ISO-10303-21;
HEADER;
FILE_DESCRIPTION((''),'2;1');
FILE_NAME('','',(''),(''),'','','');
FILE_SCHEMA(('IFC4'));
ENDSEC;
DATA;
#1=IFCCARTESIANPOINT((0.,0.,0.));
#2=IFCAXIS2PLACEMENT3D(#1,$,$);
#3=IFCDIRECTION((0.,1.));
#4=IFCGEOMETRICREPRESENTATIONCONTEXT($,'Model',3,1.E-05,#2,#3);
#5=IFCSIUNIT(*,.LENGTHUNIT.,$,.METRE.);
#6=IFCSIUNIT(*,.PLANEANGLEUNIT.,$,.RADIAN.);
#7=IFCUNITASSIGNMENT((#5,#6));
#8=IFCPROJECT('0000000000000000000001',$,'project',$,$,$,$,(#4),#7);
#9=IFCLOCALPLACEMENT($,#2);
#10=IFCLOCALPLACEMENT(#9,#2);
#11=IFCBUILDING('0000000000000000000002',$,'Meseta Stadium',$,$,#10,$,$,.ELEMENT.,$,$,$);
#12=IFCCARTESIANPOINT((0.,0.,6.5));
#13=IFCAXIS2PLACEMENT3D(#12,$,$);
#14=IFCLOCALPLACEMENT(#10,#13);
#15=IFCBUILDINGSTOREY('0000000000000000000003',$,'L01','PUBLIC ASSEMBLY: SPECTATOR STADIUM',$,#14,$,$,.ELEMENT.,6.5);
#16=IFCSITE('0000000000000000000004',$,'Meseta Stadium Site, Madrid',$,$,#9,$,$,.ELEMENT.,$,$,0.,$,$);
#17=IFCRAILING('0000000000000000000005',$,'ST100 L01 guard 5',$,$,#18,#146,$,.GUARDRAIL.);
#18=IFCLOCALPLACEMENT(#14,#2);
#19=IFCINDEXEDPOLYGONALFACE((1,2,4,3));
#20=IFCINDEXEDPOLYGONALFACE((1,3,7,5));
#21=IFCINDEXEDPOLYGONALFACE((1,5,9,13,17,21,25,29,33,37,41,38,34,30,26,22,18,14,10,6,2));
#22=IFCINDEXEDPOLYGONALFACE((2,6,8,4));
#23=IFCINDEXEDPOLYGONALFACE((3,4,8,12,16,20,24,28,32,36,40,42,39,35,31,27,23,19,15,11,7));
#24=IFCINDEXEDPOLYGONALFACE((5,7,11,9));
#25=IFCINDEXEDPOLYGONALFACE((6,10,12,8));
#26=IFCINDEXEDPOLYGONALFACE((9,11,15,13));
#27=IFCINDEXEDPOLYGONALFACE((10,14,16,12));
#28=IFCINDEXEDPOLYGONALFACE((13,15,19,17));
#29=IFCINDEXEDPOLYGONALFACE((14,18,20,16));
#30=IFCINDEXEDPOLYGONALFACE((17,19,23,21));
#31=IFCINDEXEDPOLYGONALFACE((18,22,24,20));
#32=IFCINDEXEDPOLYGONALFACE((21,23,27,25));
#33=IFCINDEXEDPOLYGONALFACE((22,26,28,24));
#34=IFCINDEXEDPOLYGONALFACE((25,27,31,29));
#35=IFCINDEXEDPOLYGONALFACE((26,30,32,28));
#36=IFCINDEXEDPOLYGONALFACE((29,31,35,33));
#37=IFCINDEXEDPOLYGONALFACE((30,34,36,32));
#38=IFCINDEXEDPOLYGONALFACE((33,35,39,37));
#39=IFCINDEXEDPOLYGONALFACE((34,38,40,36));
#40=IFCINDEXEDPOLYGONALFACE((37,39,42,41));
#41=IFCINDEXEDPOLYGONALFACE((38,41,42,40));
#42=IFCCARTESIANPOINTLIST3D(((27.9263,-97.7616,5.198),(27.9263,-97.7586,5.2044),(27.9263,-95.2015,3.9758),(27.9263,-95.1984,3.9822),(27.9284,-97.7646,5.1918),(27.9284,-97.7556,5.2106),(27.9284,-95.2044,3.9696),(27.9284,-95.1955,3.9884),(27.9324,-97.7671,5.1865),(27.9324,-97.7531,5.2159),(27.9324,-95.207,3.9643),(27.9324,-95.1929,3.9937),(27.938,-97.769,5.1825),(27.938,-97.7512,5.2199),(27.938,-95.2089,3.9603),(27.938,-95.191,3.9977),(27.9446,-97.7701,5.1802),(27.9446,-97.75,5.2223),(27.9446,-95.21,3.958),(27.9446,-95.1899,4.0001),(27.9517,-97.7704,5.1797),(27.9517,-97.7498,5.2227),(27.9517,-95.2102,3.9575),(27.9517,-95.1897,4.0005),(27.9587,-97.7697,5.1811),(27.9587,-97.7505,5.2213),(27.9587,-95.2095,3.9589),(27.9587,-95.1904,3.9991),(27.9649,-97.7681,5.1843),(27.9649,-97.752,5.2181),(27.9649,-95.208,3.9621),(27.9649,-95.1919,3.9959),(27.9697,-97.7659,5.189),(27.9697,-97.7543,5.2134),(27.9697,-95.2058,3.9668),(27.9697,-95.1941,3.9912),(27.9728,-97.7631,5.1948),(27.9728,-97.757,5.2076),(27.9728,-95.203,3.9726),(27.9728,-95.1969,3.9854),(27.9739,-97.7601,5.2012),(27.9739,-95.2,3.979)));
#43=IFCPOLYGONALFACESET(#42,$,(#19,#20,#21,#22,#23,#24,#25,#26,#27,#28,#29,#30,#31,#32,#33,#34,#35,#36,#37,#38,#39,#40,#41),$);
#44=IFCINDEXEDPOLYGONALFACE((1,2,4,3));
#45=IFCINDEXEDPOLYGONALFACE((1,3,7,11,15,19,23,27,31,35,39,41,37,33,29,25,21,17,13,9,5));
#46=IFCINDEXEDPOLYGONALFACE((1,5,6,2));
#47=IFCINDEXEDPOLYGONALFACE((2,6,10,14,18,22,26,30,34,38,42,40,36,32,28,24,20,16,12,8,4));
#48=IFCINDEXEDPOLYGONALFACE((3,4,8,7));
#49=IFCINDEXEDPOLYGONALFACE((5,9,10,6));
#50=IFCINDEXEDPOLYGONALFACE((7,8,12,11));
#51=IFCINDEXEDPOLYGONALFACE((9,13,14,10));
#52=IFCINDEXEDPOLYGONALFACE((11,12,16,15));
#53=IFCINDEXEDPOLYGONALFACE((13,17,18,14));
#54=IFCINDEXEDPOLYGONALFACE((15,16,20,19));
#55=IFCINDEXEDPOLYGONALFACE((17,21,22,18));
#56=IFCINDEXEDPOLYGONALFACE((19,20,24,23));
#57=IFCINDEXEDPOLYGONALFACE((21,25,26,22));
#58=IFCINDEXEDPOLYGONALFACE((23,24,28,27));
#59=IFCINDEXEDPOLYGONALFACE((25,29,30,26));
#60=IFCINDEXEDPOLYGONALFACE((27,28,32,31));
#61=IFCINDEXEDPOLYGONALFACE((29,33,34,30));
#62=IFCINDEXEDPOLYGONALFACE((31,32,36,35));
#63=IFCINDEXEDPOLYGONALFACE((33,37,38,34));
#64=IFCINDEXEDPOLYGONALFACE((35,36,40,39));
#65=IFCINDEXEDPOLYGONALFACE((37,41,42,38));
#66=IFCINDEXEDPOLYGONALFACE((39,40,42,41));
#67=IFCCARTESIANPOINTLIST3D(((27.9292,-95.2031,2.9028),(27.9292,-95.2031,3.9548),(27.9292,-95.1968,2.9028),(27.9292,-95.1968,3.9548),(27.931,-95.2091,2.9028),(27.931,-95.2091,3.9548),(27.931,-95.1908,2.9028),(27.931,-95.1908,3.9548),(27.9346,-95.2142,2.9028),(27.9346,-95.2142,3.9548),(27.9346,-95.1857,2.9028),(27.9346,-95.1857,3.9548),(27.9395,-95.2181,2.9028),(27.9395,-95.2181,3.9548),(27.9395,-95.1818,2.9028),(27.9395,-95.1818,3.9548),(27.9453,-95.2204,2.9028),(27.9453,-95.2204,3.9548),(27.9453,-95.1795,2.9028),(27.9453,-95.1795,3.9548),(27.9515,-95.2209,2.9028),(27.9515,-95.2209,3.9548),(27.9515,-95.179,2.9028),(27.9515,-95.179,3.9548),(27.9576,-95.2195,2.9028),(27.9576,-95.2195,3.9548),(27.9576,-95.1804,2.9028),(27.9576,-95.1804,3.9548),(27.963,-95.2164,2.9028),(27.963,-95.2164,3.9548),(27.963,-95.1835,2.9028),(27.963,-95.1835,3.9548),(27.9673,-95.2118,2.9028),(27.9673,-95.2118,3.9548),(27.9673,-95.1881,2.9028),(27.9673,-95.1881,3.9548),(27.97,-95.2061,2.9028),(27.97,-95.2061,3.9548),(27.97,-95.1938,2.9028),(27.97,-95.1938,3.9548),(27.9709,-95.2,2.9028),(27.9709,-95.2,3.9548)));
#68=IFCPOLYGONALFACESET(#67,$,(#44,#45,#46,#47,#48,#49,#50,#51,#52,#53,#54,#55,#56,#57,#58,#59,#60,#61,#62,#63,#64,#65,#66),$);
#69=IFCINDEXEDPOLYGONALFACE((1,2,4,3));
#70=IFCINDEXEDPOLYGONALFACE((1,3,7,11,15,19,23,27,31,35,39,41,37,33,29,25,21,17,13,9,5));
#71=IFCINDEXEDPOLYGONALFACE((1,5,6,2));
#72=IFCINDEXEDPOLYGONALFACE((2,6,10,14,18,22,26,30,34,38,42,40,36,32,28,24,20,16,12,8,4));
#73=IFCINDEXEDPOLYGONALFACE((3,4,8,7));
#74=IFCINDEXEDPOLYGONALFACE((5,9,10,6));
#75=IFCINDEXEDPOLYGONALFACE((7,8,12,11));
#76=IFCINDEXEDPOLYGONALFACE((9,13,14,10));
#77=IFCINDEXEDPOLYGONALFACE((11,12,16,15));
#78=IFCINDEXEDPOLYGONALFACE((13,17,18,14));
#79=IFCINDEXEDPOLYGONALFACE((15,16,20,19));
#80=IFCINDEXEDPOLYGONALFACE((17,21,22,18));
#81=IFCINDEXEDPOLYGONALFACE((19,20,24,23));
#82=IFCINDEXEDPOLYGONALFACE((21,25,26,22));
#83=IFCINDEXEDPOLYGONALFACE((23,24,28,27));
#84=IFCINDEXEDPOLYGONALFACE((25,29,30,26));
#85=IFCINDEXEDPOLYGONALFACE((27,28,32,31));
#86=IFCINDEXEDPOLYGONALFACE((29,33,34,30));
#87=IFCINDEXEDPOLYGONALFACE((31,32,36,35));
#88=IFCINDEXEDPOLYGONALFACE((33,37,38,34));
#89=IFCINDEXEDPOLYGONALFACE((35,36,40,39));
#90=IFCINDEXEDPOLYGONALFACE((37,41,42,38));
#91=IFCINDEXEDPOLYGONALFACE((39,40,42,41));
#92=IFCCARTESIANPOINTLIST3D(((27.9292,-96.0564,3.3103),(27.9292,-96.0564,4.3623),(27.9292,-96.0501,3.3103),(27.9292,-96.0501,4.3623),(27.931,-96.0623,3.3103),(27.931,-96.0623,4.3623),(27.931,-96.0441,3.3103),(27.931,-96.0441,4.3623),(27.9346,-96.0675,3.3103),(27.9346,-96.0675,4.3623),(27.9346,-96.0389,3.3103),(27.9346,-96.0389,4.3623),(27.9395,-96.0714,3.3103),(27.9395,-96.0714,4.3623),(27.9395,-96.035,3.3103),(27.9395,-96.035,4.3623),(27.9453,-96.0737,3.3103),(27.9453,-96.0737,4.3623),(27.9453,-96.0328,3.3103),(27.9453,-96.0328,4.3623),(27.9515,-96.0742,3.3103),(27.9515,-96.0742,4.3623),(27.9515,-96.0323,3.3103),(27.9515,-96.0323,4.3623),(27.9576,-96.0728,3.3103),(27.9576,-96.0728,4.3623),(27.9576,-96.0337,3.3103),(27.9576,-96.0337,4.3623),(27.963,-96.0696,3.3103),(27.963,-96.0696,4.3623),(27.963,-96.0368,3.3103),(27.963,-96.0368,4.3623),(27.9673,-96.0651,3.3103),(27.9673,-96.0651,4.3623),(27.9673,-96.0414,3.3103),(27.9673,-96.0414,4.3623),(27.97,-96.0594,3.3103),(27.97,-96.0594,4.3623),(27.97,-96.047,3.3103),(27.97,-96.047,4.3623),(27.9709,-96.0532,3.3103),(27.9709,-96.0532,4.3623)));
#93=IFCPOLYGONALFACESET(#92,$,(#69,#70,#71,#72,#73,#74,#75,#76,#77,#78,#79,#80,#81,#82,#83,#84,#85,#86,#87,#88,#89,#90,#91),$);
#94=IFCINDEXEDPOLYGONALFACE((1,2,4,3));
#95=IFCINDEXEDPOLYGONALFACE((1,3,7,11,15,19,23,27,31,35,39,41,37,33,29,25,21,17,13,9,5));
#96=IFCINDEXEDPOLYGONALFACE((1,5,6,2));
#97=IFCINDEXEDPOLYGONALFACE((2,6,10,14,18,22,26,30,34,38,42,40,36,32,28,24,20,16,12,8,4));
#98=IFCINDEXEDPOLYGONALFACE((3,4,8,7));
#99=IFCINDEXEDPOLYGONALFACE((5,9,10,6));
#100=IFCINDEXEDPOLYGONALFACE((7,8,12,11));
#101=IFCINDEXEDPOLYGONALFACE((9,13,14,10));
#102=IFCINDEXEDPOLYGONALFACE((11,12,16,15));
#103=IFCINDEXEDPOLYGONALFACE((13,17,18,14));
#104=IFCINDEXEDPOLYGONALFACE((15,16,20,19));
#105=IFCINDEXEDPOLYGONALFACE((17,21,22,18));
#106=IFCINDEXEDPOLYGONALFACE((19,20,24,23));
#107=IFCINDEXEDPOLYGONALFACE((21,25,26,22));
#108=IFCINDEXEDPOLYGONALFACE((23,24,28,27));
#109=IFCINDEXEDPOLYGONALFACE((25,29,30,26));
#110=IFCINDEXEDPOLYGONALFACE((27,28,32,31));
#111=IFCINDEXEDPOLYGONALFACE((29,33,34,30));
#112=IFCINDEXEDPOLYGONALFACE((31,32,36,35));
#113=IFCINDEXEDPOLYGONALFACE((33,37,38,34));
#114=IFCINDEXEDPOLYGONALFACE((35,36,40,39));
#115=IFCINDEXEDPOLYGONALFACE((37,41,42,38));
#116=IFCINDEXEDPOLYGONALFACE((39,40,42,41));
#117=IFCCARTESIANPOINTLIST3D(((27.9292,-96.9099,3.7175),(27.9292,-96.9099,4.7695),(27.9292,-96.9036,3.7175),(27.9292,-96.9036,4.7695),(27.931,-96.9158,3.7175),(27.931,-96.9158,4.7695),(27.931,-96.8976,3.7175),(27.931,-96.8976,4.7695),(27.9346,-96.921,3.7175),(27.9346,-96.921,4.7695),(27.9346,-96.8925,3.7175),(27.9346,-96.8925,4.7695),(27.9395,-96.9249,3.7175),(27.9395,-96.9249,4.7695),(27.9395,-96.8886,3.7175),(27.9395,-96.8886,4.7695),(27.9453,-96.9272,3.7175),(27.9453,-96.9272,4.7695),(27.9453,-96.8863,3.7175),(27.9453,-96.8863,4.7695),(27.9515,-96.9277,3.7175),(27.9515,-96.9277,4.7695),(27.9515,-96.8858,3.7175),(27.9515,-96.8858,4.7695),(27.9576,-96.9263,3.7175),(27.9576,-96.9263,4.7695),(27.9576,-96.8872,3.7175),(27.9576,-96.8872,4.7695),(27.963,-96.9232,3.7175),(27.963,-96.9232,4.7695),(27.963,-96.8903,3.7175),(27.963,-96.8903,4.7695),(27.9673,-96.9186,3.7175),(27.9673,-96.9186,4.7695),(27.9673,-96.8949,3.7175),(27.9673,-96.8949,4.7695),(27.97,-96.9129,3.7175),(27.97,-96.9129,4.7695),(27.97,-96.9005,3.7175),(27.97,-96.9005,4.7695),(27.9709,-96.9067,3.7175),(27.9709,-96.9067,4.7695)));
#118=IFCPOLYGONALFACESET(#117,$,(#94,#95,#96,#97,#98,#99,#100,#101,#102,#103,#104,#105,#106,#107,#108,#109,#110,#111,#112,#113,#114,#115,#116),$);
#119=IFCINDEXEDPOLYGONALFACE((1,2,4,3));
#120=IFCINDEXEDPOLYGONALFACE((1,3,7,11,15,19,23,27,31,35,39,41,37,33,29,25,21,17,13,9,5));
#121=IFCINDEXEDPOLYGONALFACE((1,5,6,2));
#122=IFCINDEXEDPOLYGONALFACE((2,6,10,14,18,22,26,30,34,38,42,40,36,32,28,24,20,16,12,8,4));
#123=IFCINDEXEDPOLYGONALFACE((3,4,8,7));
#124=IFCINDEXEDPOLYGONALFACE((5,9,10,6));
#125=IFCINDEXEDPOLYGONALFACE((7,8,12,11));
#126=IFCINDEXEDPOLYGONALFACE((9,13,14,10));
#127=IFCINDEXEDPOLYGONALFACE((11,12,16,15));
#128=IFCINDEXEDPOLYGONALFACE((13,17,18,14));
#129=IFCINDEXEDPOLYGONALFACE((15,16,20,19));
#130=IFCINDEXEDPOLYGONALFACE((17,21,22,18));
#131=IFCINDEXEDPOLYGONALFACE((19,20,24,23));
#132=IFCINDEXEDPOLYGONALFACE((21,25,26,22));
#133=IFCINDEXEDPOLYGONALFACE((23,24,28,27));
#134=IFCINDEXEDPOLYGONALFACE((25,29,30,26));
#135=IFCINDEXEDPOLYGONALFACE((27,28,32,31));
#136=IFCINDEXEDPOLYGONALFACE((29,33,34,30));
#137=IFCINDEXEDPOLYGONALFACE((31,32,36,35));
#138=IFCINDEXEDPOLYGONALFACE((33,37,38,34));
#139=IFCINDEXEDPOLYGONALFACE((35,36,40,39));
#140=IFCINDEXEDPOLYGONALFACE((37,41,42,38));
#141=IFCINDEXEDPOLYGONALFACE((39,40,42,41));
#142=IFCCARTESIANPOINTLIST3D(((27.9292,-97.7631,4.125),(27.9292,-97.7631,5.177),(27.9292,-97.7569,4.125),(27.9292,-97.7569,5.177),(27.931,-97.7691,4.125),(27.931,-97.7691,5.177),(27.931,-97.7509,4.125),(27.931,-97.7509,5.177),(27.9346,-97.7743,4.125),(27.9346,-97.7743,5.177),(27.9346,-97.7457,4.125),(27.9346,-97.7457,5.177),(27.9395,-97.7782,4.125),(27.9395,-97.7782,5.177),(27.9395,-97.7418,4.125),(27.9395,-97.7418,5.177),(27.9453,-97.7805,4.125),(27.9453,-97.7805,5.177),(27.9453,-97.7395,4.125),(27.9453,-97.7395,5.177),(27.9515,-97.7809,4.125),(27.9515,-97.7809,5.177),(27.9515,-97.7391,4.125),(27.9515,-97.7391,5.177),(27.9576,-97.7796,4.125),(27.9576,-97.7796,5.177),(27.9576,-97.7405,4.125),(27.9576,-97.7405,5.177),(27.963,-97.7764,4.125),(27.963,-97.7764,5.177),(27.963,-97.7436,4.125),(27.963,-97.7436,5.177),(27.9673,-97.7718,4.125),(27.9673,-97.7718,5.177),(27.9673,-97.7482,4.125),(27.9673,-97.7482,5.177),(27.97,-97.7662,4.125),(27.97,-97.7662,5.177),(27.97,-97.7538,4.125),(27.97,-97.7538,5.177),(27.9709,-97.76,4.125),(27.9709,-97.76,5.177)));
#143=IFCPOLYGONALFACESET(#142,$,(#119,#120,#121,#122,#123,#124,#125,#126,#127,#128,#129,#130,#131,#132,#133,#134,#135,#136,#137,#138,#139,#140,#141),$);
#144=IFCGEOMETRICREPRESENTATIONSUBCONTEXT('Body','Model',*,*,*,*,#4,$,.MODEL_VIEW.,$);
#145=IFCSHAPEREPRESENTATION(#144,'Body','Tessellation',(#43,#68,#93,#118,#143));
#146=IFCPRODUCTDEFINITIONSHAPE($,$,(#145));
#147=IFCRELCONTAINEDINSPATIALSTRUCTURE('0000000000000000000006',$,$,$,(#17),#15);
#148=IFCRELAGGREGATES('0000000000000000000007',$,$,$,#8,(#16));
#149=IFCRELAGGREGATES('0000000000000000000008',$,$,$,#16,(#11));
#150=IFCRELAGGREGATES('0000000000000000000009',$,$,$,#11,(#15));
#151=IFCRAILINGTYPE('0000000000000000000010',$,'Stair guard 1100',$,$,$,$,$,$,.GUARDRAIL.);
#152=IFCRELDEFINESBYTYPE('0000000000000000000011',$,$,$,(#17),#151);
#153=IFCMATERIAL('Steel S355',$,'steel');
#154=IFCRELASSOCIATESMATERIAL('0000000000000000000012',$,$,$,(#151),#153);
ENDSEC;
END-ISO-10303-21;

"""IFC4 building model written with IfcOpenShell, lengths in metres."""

from ifc_helpers import new_model, si_unit, direction, frame, origin, origin_2d, place, context, subcontext, project, spatial, circle, extrude, material, type_object, element, save


model = new_model("IFC4")

# Units and contexts
model_context = context("Model", 3, precision=1e-05, world=origin(), true_north=direction((0.0, 1.0)))
body_context = subcontext(model_context, "Body", "Model", "MODEL_VIEW")
ifc_project = project(units=[si_unit("LENGTHUNIT", "METRE"), si_unit("PLANEANGLEUNIT", "RADIAN")], contexts=[model_context])

# Site, building, storey
site_placement = place(None, origin())
site = spatial("IfcSite", under=ifc_project, at=site_placement, Name="Meseta Stadium Site, Madrid", CompositionType="ELEMENT", RefElevation=0.0)
building_placement = place(site_placement, origin())
building = spatial("IfcBuilding", under=site, at=building_placement, Name="Meseta Stadium", CompositionType="ELEMENT")
storey_placement = place(building_placement, frame((0.0, 0.0, 6.5)))
storey = spatial("IfcBuildingStorey", under=building, at=storey_placement, Name="L01", Description="PUBLIC ASSEMBLY: SPECTATOR STADIUM", CompositionType="ELEMENT", Elevation=6.5)

# Railing
ifc_material_1 = material(Name="Steel S355", Category="steel")
railing_type_1 = type_object("IfcRailingType", Name="Stair guard 1100", PredefinedType="GUARDRAIL", material=ifc_material_1)
railing_1_placement = place(storey_placement, frame((27.95, -95.2, 2.9028)))
element("IfcRailing", 1, at=railing_1_placement, inside=storey, type_object=railing_type_1, Name="ST100 L01 guard 5", PredefinedType="GUARDRAIL", context=body_context, shape_type="SweptSolid", body=[
    extrude(circle(Radius=0.0239, at=origin_2d()), frame((0.0, 0.0, 1.0762), z_axis=(0.0, -0.902437, 0.430822), x_axis=(1.0, 0.0, 0.0)), (0.0, 0.0, 1.0), 2.8369),
    extrude(circle(Radius=0.021, at=origin_2d()), origin(), (0.0, 0.0, 1.0), 1.052),
    extrude(circle(Radius=0.021, at=origin_2d()), frame((0.0, -0.8533, 0.4075)), (0.0, 0.0, 1.0), 1.052),
    extrude(circle(Radius=0.021, at=origin_2d()), frame((0.0, -1.7068, 0.8147)), (0.0, 0.0, 1.0), 1.052),
    extrude(circle(Radius=0.021, at=origin_2d()), frame((0.0, -2.5601, 1.2222)), (0.0, 0.0, 1.0), 1.052),
])

save(model, "model.ifc")
